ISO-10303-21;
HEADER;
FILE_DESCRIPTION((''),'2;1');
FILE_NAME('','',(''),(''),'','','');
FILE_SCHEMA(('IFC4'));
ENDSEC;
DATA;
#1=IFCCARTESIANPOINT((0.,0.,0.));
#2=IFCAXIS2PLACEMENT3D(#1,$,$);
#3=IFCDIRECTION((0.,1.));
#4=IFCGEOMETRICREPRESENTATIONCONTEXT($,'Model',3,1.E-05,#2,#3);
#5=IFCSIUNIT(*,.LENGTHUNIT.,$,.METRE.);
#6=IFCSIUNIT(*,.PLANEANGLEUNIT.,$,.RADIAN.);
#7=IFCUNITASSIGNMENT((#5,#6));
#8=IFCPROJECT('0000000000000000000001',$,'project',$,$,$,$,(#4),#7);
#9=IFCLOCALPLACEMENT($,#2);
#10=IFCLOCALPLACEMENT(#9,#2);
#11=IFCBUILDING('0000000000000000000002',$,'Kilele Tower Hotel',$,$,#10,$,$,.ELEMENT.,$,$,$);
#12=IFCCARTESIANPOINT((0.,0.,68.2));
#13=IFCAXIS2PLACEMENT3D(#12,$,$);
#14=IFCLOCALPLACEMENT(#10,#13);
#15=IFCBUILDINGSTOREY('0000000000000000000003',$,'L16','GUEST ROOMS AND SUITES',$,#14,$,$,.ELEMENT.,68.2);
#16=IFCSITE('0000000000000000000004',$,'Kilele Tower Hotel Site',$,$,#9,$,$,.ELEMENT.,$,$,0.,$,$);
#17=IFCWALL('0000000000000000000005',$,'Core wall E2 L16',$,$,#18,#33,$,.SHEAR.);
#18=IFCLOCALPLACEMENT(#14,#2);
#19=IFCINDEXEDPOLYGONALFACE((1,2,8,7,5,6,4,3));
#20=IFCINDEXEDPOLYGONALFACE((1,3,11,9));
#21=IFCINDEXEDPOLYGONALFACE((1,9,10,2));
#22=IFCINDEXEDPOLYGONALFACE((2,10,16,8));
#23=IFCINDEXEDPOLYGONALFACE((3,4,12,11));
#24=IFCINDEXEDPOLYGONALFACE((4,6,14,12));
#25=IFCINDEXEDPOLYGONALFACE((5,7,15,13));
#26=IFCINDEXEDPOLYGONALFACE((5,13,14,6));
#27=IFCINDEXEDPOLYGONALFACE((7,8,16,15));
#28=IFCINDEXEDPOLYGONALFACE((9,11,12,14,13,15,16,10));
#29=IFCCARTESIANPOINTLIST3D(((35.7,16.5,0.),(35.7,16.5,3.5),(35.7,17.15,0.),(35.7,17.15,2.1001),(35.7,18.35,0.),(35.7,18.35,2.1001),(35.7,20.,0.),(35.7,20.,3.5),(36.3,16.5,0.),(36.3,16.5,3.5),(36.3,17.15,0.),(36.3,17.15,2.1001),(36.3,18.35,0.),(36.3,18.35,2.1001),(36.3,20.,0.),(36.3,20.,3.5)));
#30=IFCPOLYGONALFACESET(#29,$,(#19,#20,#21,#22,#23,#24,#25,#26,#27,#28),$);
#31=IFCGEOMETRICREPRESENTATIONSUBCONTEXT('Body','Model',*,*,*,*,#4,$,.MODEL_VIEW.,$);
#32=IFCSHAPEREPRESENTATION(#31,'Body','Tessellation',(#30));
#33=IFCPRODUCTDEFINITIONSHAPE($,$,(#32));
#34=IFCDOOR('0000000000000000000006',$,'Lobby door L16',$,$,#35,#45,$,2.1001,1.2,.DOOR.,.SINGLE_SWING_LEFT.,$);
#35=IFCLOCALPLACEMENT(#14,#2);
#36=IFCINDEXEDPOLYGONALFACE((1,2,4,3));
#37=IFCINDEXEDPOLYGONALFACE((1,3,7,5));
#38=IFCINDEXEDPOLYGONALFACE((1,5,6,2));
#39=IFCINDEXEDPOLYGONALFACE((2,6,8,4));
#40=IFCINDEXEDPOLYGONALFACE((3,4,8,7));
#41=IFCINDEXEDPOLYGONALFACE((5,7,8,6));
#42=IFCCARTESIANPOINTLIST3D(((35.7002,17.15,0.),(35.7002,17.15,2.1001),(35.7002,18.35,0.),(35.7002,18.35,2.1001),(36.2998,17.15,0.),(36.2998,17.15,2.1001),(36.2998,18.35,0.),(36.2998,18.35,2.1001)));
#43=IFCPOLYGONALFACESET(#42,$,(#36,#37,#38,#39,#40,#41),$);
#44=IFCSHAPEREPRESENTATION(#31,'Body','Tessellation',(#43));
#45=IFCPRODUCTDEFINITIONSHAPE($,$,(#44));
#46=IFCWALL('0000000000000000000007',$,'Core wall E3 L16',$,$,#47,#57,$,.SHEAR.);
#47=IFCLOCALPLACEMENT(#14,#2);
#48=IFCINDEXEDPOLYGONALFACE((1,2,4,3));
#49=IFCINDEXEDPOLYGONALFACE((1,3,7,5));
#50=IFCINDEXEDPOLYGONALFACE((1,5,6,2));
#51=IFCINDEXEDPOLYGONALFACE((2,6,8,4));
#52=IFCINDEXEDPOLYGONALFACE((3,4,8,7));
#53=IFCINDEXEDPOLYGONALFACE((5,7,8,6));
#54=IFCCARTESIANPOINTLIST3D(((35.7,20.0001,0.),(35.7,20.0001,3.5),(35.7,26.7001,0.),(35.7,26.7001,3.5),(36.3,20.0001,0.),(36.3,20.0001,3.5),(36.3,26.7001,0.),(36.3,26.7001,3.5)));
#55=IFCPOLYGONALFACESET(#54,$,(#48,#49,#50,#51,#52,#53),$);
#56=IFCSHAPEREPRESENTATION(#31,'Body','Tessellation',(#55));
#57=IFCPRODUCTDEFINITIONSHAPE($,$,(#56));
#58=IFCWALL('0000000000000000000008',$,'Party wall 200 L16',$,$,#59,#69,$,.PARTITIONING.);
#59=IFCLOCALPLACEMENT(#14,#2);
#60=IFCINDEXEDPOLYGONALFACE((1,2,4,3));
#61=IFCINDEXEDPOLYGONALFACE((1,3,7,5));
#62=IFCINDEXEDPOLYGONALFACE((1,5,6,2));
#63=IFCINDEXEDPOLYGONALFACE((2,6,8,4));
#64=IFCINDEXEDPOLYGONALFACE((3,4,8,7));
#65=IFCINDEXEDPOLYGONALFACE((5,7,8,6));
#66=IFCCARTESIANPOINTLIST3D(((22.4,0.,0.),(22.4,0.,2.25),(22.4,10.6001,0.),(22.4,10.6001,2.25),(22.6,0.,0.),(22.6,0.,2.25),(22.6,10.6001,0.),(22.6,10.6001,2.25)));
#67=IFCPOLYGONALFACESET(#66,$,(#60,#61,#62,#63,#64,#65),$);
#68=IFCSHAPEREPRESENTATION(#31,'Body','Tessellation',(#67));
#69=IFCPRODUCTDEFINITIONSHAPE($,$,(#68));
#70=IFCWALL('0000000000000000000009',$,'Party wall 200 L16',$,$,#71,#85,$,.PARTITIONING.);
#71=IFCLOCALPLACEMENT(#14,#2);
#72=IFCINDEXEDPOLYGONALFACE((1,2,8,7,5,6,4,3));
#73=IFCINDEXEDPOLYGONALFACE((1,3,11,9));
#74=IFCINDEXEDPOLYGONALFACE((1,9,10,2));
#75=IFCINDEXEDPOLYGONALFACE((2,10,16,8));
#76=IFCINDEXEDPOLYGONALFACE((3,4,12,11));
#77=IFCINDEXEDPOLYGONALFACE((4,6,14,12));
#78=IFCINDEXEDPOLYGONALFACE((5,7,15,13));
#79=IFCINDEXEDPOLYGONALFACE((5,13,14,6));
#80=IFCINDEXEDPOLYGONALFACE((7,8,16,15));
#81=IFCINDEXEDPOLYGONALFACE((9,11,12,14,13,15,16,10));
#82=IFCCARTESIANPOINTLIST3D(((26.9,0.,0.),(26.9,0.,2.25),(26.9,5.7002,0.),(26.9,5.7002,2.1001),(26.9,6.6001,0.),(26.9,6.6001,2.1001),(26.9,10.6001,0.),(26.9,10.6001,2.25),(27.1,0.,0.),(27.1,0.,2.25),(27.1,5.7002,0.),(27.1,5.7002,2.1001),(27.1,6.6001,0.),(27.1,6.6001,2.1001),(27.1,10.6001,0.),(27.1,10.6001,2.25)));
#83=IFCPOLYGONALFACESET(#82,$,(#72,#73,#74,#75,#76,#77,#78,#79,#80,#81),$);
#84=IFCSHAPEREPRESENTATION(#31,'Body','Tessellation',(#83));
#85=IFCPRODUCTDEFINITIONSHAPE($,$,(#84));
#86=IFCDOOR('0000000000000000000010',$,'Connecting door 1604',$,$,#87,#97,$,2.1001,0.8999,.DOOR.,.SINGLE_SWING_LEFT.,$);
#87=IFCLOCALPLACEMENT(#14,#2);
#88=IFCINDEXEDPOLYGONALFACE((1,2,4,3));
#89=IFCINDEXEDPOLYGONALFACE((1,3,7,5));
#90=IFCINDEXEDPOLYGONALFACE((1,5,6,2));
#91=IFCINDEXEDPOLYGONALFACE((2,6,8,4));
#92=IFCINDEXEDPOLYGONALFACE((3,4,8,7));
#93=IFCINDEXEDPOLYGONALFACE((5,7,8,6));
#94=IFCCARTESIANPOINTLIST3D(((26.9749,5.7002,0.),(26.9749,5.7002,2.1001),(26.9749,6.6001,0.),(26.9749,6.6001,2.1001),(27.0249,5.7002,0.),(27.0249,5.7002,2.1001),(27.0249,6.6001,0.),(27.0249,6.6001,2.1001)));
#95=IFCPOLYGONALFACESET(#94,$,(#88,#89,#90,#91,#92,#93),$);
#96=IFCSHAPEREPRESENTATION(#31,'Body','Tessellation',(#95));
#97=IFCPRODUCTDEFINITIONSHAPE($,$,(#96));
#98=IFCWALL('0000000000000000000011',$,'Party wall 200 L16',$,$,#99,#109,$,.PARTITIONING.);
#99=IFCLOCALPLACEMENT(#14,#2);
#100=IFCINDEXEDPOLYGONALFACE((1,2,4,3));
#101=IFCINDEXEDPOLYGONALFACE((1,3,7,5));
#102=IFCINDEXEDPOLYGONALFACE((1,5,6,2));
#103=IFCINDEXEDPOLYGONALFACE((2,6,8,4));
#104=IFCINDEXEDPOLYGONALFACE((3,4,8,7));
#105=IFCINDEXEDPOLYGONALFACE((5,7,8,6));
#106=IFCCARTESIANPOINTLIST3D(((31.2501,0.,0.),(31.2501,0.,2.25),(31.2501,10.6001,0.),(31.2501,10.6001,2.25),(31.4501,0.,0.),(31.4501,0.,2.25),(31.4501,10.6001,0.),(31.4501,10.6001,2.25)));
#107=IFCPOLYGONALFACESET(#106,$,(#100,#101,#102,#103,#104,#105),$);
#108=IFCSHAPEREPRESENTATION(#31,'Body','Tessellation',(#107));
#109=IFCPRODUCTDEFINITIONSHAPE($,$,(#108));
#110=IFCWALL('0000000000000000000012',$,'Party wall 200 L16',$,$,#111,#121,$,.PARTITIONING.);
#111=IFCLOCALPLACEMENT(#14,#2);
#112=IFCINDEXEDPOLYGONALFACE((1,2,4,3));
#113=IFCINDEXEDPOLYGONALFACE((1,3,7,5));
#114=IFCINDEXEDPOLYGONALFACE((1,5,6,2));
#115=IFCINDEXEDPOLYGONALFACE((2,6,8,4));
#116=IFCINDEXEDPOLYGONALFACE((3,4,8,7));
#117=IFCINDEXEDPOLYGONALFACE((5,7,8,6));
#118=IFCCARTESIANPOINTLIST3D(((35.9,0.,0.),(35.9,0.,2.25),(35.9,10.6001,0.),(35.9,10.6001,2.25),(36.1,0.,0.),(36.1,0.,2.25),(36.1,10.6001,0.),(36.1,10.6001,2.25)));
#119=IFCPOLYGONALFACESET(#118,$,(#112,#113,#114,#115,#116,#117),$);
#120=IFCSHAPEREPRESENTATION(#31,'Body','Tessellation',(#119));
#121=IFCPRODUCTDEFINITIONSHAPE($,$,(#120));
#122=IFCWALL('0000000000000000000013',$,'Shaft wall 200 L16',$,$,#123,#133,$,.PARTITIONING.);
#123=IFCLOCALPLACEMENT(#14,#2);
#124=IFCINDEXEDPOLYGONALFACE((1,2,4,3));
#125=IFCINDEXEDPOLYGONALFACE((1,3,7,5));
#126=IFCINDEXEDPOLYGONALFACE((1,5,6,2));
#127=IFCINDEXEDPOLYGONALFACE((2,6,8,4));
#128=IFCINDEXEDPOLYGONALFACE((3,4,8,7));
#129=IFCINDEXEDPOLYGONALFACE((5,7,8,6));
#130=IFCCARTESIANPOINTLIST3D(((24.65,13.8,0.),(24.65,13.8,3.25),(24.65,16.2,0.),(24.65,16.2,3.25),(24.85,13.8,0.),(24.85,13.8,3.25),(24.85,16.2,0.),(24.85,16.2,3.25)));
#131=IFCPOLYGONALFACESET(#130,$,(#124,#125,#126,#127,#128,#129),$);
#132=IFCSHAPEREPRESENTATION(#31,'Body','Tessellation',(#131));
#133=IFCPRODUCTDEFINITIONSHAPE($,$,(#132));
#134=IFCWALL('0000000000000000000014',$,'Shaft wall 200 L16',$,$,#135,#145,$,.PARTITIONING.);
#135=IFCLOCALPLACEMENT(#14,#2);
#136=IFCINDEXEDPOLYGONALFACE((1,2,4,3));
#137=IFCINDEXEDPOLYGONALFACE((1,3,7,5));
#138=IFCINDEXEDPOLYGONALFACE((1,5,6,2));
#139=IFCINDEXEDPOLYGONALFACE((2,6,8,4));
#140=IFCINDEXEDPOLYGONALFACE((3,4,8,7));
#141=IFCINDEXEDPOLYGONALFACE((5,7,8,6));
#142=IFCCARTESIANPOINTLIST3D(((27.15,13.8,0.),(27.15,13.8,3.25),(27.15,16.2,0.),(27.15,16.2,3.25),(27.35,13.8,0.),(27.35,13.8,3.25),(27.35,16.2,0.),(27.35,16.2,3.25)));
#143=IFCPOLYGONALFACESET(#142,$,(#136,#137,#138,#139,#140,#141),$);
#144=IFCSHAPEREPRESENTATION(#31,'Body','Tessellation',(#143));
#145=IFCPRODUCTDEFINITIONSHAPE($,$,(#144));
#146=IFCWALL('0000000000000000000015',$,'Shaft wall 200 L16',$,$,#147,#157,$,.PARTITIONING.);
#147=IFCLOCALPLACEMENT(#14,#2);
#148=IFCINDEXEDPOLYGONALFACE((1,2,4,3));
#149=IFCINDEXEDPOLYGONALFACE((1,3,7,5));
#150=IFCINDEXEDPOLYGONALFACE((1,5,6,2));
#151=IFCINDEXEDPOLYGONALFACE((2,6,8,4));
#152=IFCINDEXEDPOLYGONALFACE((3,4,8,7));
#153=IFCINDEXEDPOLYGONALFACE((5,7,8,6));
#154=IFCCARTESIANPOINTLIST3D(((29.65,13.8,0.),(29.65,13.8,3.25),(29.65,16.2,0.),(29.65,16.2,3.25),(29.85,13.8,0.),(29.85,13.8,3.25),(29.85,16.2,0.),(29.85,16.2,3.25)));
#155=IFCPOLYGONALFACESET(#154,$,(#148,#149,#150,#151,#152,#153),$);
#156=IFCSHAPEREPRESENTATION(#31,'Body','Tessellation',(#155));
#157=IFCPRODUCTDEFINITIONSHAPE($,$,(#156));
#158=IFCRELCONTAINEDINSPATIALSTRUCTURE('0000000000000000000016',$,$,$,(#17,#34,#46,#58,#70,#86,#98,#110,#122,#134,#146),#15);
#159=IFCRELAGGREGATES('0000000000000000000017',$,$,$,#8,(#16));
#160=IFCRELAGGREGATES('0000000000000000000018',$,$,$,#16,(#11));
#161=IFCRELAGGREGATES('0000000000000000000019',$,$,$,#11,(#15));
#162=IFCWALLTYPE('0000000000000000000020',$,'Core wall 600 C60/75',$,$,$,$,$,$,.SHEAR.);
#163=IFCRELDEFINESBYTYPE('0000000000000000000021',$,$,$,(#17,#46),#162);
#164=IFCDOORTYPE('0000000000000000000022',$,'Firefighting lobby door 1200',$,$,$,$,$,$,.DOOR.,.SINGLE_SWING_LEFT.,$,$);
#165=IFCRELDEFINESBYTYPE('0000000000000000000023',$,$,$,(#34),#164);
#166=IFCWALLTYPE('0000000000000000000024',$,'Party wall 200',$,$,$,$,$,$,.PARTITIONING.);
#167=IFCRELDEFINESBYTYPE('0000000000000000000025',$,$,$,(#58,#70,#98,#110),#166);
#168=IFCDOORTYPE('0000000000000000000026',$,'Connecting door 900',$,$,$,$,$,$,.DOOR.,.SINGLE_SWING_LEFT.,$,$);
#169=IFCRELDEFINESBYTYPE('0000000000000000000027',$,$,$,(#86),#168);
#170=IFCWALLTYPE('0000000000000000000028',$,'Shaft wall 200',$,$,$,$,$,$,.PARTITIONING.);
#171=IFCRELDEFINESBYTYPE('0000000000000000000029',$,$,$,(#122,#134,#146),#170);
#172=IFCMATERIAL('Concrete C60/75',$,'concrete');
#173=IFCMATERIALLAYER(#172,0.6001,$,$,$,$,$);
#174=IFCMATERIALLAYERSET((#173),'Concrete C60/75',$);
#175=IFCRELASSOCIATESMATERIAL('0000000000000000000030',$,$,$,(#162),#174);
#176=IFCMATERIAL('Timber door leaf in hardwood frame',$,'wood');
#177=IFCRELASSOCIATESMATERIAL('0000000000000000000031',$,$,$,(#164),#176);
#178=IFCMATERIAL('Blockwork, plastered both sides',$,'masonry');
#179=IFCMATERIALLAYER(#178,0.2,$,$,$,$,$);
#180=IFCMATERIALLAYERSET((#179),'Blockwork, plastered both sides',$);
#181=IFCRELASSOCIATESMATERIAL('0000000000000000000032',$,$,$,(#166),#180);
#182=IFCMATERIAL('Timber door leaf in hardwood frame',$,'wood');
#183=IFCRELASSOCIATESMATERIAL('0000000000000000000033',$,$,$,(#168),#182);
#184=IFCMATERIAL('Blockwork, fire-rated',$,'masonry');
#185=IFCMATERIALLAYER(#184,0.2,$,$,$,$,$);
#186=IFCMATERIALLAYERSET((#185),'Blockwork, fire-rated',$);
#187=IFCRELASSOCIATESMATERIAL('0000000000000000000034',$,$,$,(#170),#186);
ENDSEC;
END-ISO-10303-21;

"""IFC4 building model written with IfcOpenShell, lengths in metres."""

from ifc_helpers import new_model, si_unit, direction, frame, frame_2d, origin, place, context, subcontext, project, spatial, rectangle, extrude, material, layer, layer_set, type_object, element, fill, save


model = new_model("IFC4")

# Units and contexts
model_context = context("Model", 3, precision=1e-05, world=origin(), true_north=direction((0.0, 1.0)))
body_context = subcontext(model_context, "Body", "Model", "MODEL_VIEW")
ifc_project = project(units=[si_unit("LENGTHUNIT", "METRE"), si_unit("PLANEANGLEUNIT", "RADIAN")], contexts=[model_context])

# Site, building, storey
site_placement = place(None, origin())
site = spatial("IfcSite", under=ifc_project, at=site_placement, Name="Kilele Tower Hotel Site", CompositionType="ELEMENT", RefElevation=0.0)
building_placement = place(site_placement, origin())
building = spatial("IfcBuilding", under=site, at=building_placement, Name="Kilele Tower Hotel", CompositionType="ELEMENT")
storey_placement = place(building_placement, frame((0.0, 0.0, 68.2)))
storey = spatial("IfcBuildingStorey", under=building, at=storey_placement, Name="L16", Description="GUEST ROOMS AND SUITES", CompositionType="ELEMENT", Elevation=68.2)

# Shared definitions
ifc_material_1 = material(Name="Concrete C60/75", Category="concrete")
ifc_layer_1 = layer(ifc_material_1, 0.6001)
ifc_layer_set_1 = layer_set([ifc_layer_1], Name="Concrete C60/75")
wall_type_1 = type_object("IfcWallType", Name="Core wall 600 C60/75", PredefinedType="SHEAR", material=ifc_layer_set_1)
ifc_material_2 = material(Name="Timber door leaf in hardwood frame", Category="wood")
door_type_1 = type_object("IfcDoorType", Name="Firefighting lobby door 1200", OperationType="SINGLE_SWING_LEFT", PredefinedType="DOOR", material=ifc_material_2)

# Wall, opening, door
wall_1_placement = place(storey_placement, frame((36.0, 16.5, 0.0), z_axis=(0.0, 0.0, 1.0), x_axis=(0.0, 1.0, 0.0)))
wall_1 = element("IfcWall", 1, at=wall_1_placement, inside=storey, type_object=wall_type_1, Name="Core wall E2 L16", PredefinedType="SHEAR", context=body_context, shape_type="SweptSolid", body=[
    extrude(rectangle(XDim=3.5, YDim=0.6001, at=frame_2d((1.75, 0.0))), origin(), (0.0, 0.0, 1.0), 3.5),
])
opening_1_placement = place(wall_1_placement, frame((0.6499, 0.0, 0.0)))
opening_1 = element("IfcOpeningElement", 2, at=opening_1_placement, cuts=wall_1, PredefinedType="OPENING", context=body_context, shape_type="SweptSolid", body=[
    extrude(rectangle(XDim=1.2, YDim=2.1001, at=frame_2d((0.6001, 1.05))), frame((0.0, 0.3101, 0.0), z_axis=(0.0, -1.0, 0.0), x_axis=(1.0, 0.0, 0.0)), (0.0, 0.0, 1.0), 0.6201),
])
door_1_placement = place(opening_1_placement, origin())
door_1 = element("IfcDoor", 3, at=door_1_placement, inside=storey, type_object=door_type_1, Name="Lobby door L16", OperationType="SINGLE_SWING_LEFT", OverallHeight=2.1001, OverallWidth=1.2, PredefinedType="DOOR", context=body_context, shape_type="SweptSolid", body=[
    extrude(rectangle(XDim=1.2, YDim=2.1001, at=frame_2d((0.6001, 1.05))), frame((0.0, 0.2998, 0.0), z_axis=(0.0, -1.0, 0.0), x_axis=(1.0, 0.0, 0.0)), (0.0, 0.0, 1.0), 0.5996),
])
fill(opening_1, door_1)

# Walls
wall_2_placement = place(storey_placement, frame((36.0, 20.0, 0.0), z_axis=(0.0, 0.0, 1.0), x_axis=(0.0, 1.0, 0.0)))
element("IfcWall", 4, at=wall_2_placement, inside=storey, type_object=wall_type_1, Name="Core wall E3 L16", PredefinedType="SHEAR", context=body_context, shape_type="SweptSolid", body=[
    extrude(rectangle(XDim=6.7, YDim=0.6001, at=frame_2d((3.3501, 0.0))), origin(), (0.0, 0.0, 1.0), 3.5),
])
ifc_material_3 = material(Name="Blockwork, plastered both sides", Category="masonry")
ifc_layer_2 = layer(ifc_material_3, 0.2)
ifc_layer_set_2 = layer_set([ifc_layer_2], Name="Blockwork, plastered both sides")
wall_type_2 = type_object("IfcWallType", Name="Party wall 200", PredefinedType="PARTITIONING", material=ifc_layer_set_2)
wall_3_placement = place(storey_placement, frame((22.5, 10.6001, 0.0), z_axis=(0.0, 0.0, 1.0), x_axis=(0.0, -1.0, 0.0)))
element("IfcWall", 5, at=wall_3_placement, inside=storey, type_object=wall_type_2, Name="Party wall 200 L16", PredefinedType="PARTITIONING", context=body_context, shape_type="SweptSolid", body=[
    extrude(rectangle(XDim=10.6001, YDim=0.2, at=frame_2d((5.3, 0.0))), origin(), (0.0, 0.0, 1.0), 2.25),
])

# Wall, opening, door
wall_4_placement = place(storey_placement, frame((27.0, 10.6001, 0.0), z_axis=(0.0, 0.0, 1.0), x_axis=(0.0, -1.0, 0.0)))
wall_4 = element("IfcWall", 6, at=wall_4_placement, inside=storey, type_object=wall_type_2, Name="Party wall 200 L16", PredefinedType="PARTITIONING", context=body_context, shape_type="SweptSolid", body=[
    extrude(rectangle(XDim=10.6001, YDim=0.2, at=frame_2d((5.3, 0.0))), origin(), (0.0, 0.0, 1.0), 2.25),
])
opening_2_placement = place(wall_4_placement, frame((4.0, 0.0, 0.0)))
opening_2 = element("IfcOpeningElement", 7, at=opening_2_placement, cuts=wall_4, PredefinedType="OPENING", context=body_context, shape_type="SweptSolid", body=[
    extrude(rectangle(XDim=0.8999, YDim=2.1001, at=frame_2d((0.45, 1.05))), frame((0.0, 0.1099, 0.0), z_axis=(0.0, -1.0, 0.0), x_axis=(1.0, 0.0, 0.0)), (0.0, 0.0, 1.0), 0.22),
])
ifc_material_4 = material(Name="Timber door leaf in hardwood frame", Category="wood")
door_type_2 = type_object("IfcDoorType", Name="Connecting door 900", OperationType="SINGLE_SWING_LEFT", PredefinedType="DOOR", material=ifc_material_4)
door_2_placement = place(opening_2_placement, origin())
door_2 = element("IfcDoor", 8, at=door_2_placement, inside=storey, type_object=door_type_2, Name="Connecting door 1604", OperationType="SINGLE_SWING_LEFT", OverallHeight=2.1001, OverallWidth=0.8999, PredefinedType="DOOR", context=body_context, shape_type="SweptSolid", body=[
    extrude(rectangle(XDim=0.8999, YDim=2.1001, at=frame_2d((0.45, 1.05))), frame((0.0, 0.0249, 0.0), z_axis=(0.0, -1.0, 0.0), x_axis=(1.0, 0.0, 0.0)), (0.0, 0.0, 1.0), 0.05),
])
fill(opening_2, door_2)

# Walls
for number, where, z_axis, x_axis, name in (
    (9, (31.3501, 10.6001, 0.0), (0.0, 0.0, 1.0), (0.0, -1.0, 0.0), "Party wall 200 L16"),
    (10, (36.0, 10.6001, 0.0), (0.0, 0.0, 1.0), (0.0, -1.0, 0.0), "Party wall 200 L16"),
):
    element("IfcWall", number, at=place(storey_placement, frame(where, z_axis=z_axis, x_axis=x_axis)), inside=storey, type_object=wall_type_2, Name=name, PredefinedType="PARTITIONING", context=body_context, shape_type="SweptSolid", body=[
        extrude(rectangle(XDim=10.6001, YDim=0.2, at=frame_2d((5.3, 0.0))), origin(), (0.0, 0.0, 1.0), 2.25),
    ])
ifc_material_5 = material(Name="Blockwork, fire-rated", Category="masonry")
ifc_layer_3 = layer(ifc_material_5, 0.2)
ifc_layer_set_3 = layer_set([ifc_layer_3], Name="Blockwork, fire-rated")
wall_type_3 = type_object("IfcWallType", Name="Shaft wall 200", PredefinedType="PARTITIONING", material=ifc_layer_set_3)
for number, where, z_axis, x_axis, name in (
    (11, (24.75, 13.8, 0.0), (0.0, 0.0, 1.0), (0.0, 1.0, 0.0), "Shaft wall 200 L16"),
    (12, (27.25, 13.8, 0.0), (0.0, 0.0, 1.0), (0.0, 1.0, 0.0), "Shaft wall 200 L16"),
    (13, (29.75, 13.8, 0.0), (0.0, 0.0, 1.0), (0.0, 1.0, 0.0), "Shaft wall 200 L16"),
):
    element("IfcWall", number, at=place(storey_placement, frame(where, z_axis=z_axis, x_axis=x_axis)), inside=storey, type_object=wall_type_3, Name=name, PredefinedType="PARTITIONING", context=body_context, shape_type="SweptSolid", body=[
        extrude(rectangle(XDim=2.3999, YDim=0.2, at=frame_2d((1.2, 0.0))), origin(), (0.0, 0.0, 1.0), 3.25),
    ])

save(model, "model.ifc")
